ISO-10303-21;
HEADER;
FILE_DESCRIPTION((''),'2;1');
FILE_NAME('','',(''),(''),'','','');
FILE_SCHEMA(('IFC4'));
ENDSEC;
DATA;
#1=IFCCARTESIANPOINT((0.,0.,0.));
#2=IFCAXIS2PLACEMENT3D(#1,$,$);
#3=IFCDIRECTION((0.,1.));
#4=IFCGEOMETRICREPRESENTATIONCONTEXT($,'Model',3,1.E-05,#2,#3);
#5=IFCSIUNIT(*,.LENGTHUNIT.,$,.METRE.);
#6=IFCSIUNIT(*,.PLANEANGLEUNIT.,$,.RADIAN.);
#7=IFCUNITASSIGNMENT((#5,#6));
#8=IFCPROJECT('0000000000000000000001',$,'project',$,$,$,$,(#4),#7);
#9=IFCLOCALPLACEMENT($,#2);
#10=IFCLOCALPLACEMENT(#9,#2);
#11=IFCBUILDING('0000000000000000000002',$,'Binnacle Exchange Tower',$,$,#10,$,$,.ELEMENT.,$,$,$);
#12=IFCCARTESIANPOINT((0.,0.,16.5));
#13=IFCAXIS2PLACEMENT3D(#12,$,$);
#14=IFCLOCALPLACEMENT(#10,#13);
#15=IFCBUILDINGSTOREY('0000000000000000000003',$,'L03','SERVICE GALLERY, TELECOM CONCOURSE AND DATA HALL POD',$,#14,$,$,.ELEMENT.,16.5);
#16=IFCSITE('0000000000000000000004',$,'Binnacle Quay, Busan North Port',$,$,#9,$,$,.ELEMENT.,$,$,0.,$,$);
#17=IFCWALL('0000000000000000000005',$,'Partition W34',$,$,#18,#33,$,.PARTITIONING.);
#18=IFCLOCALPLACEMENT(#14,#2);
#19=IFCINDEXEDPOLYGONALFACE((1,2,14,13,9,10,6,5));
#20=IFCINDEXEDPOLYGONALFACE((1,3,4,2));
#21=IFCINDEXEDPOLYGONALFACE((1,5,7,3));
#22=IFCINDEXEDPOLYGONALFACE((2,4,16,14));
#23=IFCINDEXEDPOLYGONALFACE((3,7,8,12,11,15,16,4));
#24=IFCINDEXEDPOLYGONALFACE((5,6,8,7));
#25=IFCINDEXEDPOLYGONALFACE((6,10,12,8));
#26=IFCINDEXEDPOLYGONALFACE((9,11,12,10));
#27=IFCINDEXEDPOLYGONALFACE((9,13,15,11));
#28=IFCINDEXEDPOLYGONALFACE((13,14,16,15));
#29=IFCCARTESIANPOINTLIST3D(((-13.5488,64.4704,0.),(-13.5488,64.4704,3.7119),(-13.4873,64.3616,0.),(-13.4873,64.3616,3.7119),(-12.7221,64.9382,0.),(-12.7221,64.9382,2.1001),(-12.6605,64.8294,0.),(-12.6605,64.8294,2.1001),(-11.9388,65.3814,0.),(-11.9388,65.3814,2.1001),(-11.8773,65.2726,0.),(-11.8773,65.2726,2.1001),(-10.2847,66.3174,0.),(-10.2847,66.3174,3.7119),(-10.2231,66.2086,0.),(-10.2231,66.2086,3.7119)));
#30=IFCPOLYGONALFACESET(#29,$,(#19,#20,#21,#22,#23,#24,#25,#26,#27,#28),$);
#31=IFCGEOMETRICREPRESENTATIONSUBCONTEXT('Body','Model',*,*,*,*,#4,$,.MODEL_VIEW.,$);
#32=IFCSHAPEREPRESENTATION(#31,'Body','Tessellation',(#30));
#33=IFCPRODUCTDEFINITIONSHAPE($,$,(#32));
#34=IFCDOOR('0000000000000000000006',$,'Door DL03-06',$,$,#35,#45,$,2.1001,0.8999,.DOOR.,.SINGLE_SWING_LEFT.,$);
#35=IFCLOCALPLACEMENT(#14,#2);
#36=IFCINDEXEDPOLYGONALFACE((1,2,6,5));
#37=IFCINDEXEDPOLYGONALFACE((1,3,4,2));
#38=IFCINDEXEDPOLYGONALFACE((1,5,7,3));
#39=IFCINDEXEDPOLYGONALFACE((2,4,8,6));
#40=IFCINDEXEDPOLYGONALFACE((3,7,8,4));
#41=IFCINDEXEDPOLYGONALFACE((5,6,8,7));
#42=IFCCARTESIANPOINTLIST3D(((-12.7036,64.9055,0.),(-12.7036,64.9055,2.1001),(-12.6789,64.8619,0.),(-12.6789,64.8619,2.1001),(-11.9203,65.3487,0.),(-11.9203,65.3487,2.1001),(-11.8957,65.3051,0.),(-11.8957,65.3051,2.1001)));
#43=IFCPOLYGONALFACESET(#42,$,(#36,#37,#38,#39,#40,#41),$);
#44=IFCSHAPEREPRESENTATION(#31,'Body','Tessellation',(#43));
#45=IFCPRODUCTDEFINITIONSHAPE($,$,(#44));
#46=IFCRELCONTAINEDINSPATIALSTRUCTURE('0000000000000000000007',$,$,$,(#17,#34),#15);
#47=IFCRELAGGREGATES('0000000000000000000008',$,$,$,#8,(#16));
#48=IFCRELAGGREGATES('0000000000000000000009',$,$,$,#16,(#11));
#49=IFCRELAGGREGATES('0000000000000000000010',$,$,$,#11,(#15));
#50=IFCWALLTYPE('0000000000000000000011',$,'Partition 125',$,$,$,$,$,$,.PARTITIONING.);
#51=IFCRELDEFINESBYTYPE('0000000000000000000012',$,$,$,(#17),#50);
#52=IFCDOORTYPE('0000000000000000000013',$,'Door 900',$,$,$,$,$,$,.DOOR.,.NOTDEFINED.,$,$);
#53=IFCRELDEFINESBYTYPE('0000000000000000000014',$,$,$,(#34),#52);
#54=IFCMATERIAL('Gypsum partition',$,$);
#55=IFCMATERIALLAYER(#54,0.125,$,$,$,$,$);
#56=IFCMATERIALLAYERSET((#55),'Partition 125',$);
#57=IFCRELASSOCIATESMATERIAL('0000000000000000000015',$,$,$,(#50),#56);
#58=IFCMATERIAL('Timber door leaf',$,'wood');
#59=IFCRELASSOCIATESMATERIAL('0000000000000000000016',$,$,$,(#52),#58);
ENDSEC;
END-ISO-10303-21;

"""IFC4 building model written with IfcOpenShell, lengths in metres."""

from ifc_helpers import new_model, si_unit, direction, frame, frame_2d, origin, place, context, subcontext, project, spatial, rectangle, extrude, material, layer, layer_set, type_object, element, fill, save


model = new_model("IFC4")

# Units and contexts
model_context = context("Model", 3, precision=1e-05, world=origin(), true_north=direction((0.0, 1.0)))
body_context = subcontext(model_context, "Body", "Model", "MODEL_VIEW")
ifc_project = project(units=[si_unit("LENGTHUNIT", "METRE"), si_unit("PLANEANGLEUNIT", "RADIAN")], contexts=[model_context])

# Site, building, storey
site_placement = place(None, origin())
site = spatial("IfcSite", under=ifc_project, at=site_placement, Name="Binnacle Quay, Busan North Port", CompositionType="ELEMENT", RefElevation=0.0)
building_placement = place(site_placement, origin())
building = spatial("IfcBuilding", under=site, at=building_placement, Name="Binnacle Exchange Tower", CompositionType="ELEMENT")
storey_placement = place(building_placement, frame((0.0, 0.0, 16.5)))
storey = spatial("IfcBuildingStorey", under=building, at=storey_placement, Name="L03", Description="SERVICE GALLERY, TELECOM CONCOURSE AND DATA HALL POD", CompositionType="ELEMENT", Elevation=16.5)

# Shared definitions
ifc_material_1 = material(Name="Gypsum partition")
ifc_layer_1 = layer(ifc_material_1, 0.125)
ifc_layer_set_1 = layer_set([ifc_layer_1], Name="Partition 125")
wall_type_1 = type_object("IfcWallType", Name="Partition 125", PredefinedType="PARTITIONING", material=ifc_layer_set_1)

# Wall, opening, door
wall_1_placement = place(storey_placement, frame((-13.5181, 64.416, 0.0), z_axis=(0.0, 0.0, 1.0), x_axis=(0.870338, 0.492454, 0.0)))
wall_1 = element("IfcWall", 1, at=wall_1_placement, inside=storey, type_object=wall_type_1, Name="Partition W34", PredefinedType="PARTITIONING", context=body_context, shape_type="SweptSolid", body=[
    extrude(rectangle(XDim=3.7505, YDim=0.125, at=frame_2d((1.8752, 0.0))), origin(), (0.0, 0.0, 1.0), 3.7119),
])
opening_1_placement = place(wall_1_placement, frame((0.95, 0.0, 0.0)))
opening_1 = element("IfcOpeningElement", 2, at=opening_1_placement, cuts=wall_1, PredefinedType="OPENING", context=body_context, shape_type="SweptSolid", body=[
    extrude(rectangle(XDim=0.8999, YDim=2.1001, at=frame_2d((0.45, 1.05))), frame((0.0, 0.0725, 0.0), z_axis=(0.0, -1.0, 0.0), x_axis=(1.0, 0.0, 0.0)), (0.0, 0.0, 1.0), 0.145),
])
ifc_material_2 = material(Name="Timber door leaf", Category="wood")
door_type_1 = type_object("IfcDoorType", Name="Door 900", OperationType="NOTDEFINED", PredefinedType="DOOR", material=ifc_material_2)
door_1_placement = place(opening_1_placement, origin())
door_1 = element("IfcDoor", 3, at=door_1_placement, inside=storey, type_object=door_type_1, Name="Door DL03-06", OperationType="SINGLE_SWING_LEFT", OverallHeight=2.1001, OverallWidth=0.8999, PredefinedType="DOOR", context=body_context, shape_type="SweptSolid", body=[
    extrude(rectangle(XDim=0.8999, YDim=2.1001, at=frame_2d((0.45, 1.05))), frame((0.0, 0.0249, 0.0), z_axis=(0.0, -1.0, 0.0), x_axis=(1.0, 0.0, 0.0)), (0.0, 0.0, 1.0), 0.05),
])
fill(opening_1, door_1)

save(model, "model.ifc")
